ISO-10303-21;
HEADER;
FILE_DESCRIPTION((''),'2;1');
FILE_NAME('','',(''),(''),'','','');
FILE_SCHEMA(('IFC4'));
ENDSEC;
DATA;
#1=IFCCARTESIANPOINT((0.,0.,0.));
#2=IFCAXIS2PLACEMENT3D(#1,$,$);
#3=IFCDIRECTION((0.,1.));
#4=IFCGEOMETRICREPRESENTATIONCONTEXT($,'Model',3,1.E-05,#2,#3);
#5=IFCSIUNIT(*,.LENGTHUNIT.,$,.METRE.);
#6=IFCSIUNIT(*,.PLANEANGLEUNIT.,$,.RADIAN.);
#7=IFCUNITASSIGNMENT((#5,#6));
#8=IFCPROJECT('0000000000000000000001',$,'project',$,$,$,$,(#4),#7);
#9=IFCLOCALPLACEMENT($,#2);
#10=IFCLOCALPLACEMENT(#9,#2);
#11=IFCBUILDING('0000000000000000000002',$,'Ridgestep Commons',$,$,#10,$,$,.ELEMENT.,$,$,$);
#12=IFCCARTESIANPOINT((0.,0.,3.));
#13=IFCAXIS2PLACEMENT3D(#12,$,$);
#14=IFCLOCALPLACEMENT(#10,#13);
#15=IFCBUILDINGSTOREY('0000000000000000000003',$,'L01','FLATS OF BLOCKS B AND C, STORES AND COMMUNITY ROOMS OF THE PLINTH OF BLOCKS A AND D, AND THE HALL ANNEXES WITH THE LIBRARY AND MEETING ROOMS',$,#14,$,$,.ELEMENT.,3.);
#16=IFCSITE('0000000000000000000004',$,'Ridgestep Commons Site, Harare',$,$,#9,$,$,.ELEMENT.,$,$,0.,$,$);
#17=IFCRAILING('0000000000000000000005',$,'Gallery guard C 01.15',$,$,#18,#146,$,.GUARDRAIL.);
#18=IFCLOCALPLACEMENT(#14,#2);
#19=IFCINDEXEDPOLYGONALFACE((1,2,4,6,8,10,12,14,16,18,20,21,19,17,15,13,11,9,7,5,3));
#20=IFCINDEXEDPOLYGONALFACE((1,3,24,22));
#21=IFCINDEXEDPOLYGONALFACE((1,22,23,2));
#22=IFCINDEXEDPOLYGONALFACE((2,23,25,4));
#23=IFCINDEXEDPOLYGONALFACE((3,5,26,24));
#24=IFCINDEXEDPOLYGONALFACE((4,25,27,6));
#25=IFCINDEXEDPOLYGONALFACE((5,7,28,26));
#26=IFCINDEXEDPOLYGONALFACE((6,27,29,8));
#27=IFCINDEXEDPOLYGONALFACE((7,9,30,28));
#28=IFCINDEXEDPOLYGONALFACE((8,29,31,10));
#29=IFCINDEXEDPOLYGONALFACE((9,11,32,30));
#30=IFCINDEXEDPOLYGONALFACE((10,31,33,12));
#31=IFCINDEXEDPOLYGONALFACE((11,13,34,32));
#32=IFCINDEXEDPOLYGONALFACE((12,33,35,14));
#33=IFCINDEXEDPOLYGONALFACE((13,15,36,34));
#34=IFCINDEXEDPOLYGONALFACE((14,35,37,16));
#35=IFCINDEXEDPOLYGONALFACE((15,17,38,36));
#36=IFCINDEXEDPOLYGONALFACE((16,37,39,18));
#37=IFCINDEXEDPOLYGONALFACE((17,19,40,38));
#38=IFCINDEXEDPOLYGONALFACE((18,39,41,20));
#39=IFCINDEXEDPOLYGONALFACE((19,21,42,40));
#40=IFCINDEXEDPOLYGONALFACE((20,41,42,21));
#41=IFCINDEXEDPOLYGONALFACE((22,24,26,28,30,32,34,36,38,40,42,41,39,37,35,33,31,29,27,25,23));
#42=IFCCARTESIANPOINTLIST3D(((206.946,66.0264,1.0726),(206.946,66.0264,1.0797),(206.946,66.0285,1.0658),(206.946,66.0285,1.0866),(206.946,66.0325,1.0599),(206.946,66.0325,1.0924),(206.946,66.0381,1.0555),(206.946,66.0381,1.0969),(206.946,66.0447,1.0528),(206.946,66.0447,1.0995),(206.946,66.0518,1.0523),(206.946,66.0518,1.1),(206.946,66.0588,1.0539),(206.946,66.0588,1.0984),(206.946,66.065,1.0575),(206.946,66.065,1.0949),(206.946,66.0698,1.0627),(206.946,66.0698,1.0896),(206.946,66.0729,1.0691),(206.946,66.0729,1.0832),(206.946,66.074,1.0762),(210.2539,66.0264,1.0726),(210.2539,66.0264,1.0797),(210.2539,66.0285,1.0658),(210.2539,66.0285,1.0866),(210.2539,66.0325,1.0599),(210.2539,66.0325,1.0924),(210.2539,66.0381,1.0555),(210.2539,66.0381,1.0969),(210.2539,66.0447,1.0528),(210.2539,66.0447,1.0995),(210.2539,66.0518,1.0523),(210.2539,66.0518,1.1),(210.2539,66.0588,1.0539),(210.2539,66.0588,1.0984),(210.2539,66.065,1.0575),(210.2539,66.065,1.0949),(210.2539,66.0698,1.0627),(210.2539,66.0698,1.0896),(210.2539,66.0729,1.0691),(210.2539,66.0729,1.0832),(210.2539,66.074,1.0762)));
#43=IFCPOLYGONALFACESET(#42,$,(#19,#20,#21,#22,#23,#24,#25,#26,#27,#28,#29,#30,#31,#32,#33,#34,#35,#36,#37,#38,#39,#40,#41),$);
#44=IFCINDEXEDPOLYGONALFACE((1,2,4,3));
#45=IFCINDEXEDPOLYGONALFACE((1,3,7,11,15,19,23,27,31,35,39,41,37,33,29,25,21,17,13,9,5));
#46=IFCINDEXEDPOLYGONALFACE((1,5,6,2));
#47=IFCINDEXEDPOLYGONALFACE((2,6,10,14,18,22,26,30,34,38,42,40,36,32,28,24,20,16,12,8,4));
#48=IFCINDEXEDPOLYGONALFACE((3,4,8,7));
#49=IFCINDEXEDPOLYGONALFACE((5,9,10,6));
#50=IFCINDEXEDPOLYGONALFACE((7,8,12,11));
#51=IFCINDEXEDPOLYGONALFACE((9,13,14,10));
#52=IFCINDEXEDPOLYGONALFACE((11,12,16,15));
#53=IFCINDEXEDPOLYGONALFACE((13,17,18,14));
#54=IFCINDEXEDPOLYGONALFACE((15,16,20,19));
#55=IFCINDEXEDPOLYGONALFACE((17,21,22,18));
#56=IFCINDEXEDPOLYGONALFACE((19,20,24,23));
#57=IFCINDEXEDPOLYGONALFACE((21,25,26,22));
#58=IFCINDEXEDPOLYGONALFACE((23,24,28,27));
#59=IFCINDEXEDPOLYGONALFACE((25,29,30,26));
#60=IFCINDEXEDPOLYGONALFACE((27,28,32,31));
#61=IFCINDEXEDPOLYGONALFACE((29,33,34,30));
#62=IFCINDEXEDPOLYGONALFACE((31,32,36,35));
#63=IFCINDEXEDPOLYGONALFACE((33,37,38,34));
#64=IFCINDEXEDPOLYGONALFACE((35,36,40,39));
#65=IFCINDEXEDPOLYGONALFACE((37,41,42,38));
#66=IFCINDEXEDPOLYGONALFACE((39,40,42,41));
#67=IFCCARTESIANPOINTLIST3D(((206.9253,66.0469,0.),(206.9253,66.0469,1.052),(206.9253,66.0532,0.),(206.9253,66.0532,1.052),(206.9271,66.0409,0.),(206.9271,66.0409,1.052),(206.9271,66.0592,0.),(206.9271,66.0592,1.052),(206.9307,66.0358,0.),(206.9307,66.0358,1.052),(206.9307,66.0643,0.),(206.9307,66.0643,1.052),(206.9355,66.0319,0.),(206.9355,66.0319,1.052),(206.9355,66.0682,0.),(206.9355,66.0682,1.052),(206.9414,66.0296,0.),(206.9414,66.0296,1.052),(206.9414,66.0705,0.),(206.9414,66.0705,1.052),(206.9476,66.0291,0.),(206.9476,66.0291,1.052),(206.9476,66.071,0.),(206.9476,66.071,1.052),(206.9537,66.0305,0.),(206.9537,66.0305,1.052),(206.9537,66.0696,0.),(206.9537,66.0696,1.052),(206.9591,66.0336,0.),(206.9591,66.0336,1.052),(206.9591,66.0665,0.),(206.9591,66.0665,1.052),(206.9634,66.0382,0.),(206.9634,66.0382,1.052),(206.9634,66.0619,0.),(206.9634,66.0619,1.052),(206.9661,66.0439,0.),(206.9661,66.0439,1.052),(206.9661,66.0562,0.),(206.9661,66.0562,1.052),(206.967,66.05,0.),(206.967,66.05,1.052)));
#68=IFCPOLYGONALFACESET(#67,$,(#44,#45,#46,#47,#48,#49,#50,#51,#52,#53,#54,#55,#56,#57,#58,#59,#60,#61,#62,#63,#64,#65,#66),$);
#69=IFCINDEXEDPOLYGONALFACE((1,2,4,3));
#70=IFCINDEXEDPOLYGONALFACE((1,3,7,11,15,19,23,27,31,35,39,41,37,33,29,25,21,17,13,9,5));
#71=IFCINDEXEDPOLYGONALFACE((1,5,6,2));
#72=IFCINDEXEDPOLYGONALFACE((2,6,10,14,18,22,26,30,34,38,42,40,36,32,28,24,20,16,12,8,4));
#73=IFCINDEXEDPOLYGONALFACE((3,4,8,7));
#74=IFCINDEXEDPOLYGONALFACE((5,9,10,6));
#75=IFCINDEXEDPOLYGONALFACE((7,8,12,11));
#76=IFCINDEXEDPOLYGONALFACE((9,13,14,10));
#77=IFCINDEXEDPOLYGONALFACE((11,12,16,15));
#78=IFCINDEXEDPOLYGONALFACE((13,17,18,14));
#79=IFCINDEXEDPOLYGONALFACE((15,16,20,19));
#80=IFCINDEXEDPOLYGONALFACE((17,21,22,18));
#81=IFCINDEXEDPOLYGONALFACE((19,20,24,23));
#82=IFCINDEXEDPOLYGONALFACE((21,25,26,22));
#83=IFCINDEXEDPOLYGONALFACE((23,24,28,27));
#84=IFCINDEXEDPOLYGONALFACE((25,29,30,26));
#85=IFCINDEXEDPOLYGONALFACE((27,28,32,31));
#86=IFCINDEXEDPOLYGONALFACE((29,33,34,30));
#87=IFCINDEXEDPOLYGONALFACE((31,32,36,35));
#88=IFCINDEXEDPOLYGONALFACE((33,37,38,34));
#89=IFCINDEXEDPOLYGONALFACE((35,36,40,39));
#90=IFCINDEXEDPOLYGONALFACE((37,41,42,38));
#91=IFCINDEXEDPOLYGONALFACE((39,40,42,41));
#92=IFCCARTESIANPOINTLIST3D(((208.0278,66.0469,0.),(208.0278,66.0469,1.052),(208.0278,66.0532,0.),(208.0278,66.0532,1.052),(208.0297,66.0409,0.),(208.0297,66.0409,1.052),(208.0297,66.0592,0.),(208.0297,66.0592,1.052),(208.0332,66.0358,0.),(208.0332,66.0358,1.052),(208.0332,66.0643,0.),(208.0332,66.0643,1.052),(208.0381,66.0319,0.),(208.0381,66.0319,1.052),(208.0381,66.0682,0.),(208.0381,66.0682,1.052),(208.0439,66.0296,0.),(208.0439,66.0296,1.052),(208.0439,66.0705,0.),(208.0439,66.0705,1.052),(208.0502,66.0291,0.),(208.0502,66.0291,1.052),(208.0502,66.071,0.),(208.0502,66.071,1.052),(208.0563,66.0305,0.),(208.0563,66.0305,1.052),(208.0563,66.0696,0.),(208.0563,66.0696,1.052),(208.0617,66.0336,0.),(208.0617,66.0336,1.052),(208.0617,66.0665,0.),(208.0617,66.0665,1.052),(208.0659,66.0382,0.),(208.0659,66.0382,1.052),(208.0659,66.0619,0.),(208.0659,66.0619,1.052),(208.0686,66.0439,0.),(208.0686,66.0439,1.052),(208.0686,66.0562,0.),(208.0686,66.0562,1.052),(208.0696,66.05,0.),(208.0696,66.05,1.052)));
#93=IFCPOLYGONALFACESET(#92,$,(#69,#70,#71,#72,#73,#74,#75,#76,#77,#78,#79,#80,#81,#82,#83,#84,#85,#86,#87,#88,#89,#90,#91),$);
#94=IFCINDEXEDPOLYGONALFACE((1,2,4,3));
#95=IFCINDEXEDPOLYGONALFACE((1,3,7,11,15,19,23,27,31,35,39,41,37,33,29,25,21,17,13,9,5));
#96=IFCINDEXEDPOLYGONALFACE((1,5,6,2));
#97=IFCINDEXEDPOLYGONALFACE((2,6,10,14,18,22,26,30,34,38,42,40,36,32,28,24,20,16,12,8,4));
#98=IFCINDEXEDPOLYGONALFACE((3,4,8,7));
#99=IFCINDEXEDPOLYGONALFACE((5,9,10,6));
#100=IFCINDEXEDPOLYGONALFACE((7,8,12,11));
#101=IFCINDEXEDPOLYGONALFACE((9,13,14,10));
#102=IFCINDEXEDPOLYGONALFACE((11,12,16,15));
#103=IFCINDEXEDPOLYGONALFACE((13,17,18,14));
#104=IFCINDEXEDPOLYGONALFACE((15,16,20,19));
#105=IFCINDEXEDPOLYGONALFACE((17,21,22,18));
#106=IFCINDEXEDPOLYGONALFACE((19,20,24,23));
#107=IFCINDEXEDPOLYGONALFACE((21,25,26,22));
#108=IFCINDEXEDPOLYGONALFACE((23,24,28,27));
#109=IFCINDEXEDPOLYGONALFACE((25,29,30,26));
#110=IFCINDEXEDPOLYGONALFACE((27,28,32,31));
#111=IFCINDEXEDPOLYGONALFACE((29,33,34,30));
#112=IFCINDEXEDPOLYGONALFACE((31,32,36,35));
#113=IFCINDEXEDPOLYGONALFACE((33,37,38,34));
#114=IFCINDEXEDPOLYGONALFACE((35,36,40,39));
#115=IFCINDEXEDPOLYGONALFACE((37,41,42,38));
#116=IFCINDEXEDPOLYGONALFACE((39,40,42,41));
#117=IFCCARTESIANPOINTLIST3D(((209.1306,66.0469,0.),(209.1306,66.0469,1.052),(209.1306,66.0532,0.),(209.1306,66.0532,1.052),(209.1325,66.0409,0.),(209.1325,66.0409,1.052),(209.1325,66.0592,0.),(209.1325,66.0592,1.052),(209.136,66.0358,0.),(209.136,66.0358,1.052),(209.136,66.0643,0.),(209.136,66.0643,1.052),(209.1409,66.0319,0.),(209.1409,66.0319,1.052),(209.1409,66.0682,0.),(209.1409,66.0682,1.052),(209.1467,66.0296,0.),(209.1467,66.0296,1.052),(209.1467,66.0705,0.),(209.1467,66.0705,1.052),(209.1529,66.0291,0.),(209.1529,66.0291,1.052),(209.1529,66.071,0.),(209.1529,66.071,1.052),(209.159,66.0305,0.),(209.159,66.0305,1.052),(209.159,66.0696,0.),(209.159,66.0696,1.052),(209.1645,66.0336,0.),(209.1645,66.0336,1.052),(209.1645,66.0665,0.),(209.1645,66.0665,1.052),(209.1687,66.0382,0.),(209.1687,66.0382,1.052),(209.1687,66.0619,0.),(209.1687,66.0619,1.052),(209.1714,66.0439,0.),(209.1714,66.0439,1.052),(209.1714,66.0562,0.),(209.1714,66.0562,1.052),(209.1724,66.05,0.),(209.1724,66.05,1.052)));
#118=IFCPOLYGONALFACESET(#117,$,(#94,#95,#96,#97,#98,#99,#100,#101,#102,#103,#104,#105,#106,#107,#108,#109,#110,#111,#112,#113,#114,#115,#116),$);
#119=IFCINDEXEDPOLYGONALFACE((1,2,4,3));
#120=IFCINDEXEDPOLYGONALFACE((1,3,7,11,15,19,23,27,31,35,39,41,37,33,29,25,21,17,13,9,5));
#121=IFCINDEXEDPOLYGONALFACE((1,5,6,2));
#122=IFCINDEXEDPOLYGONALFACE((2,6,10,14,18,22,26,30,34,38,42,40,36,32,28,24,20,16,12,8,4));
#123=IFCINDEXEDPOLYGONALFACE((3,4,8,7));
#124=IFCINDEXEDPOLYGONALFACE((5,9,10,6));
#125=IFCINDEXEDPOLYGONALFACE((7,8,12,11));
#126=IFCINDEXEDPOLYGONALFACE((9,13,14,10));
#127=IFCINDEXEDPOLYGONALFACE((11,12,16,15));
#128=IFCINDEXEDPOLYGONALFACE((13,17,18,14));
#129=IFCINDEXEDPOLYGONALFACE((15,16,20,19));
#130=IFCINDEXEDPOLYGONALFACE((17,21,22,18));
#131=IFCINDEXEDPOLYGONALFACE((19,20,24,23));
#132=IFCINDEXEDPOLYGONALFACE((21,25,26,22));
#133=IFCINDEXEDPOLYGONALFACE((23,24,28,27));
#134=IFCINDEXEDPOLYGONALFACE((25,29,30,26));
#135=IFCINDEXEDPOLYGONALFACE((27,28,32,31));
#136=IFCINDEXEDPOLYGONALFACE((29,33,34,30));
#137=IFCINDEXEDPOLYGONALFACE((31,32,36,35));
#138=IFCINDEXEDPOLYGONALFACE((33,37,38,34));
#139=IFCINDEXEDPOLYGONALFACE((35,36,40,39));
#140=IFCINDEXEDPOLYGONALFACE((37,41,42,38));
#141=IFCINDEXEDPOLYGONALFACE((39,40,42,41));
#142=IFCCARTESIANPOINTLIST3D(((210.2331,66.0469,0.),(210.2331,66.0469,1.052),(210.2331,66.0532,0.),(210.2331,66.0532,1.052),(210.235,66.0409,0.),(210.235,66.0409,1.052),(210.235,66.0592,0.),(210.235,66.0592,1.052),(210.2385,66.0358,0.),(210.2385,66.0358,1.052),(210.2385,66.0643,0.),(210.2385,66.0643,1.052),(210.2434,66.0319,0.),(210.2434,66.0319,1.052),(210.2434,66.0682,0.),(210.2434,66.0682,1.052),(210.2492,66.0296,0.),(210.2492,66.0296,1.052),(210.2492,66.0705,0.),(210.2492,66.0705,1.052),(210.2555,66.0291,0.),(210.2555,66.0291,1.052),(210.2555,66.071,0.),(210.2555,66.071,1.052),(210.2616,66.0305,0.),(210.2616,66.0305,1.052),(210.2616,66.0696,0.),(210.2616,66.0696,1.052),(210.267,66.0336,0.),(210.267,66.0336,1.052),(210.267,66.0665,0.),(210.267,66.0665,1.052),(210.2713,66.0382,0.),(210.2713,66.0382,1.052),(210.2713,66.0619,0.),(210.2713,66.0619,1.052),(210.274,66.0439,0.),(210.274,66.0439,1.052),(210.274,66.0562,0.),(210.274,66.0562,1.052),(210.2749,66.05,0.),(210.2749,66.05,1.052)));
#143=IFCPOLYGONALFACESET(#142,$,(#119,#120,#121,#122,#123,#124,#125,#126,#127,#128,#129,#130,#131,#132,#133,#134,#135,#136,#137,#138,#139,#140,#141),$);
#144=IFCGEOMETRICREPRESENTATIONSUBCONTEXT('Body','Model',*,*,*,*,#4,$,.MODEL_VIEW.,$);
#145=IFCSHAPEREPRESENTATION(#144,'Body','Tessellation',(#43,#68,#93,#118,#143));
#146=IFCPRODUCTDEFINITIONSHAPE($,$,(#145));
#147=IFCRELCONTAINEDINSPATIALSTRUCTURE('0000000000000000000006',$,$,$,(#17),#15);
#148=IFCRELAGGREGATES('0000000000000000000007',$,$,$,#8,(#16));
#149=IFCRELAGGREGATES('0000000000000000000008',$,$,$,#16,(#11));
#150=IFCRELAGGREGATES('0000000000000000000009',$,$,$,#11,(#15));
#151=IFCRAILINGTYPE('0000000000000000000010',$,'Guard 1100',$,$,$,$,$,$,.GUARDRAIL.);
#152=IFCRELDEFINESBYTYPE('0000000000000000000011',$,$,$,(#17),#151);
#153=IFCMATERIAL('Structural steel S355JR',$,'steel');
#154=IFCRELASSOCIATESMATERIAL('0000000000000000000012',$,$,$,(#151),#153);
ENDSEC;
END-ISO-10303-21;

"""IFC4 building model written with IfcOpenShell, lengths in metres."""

from ifc_helpers import new_model, si_unit, direction, frame, origin, origin_2d, place, context, subcontext, project, spatial, circle, extrude, material, type_object, element, save


model = new_model("IFC4")

# Units and contexts
model_context = context("Model", 3, precision=1e-05, world=origin(), true_north=direction((0.0, 1.0)))
body_context = subcontext(model_context, "Body", "Model", "MODEL_VIEW")
ifc_project = project(units=[si_unit("LENGTHUNIT", "METRE"), si_unit("PLANEANGLEUNIT", "RADIAN")], contexts=[model_context])

# Site, building, storey
site_placement = place(None, origin())
site = spatial("IfcSite", under=ifc_project, at=site_placement, Name="Ridgestep Commons Site, Harare", CompositionType="ELEMENT", RefElevation=0.0)
building_placement = place(site_placement, origin())
building = spatial("IfcBuilding", under=site, at=building_placement, Name="Ridgestep Commons", CompositionType="ELEMENT")
storey_placement = place(building_placement, frame((0.0, 0.0, 3.0)))
storey = spatial("IfcBuildingStorey", under=building, at=storey_placement, Name="L01", Description="FLATS OF BLOCKS B AND C, STORES AND COMMUNITY ROOMS OF THE PLINTH OF BLOCKS A AND D, AND THE HALL ANNEXES WITH THE LIBRARY AND MEETING ROOMS", CompositionType="ELEMENT", Elevation=3.0)

# Railing
ifc_material_1 = material(Name="Structural steel S355JR", Category="steel")
railing_type = type_object("IfcRailingType", Name="Guard 1100", PredefinedType="GUARDRAIL", material=ifc_material_1)
railing_placement = place(storey_placement, frame((206.946, 66.05, 0.0)))
element("IfcRailing", 1, at=railing_placement, inside=storey, type_object=railing_type, Name="Gallery guard C 01.15", PredefinedType="GUARDRAIL", context=body_context, shape_type="SweptSolid", body=[
    extrude(circle(Radius=0.0239, at=origin_2d()), frame((0.0, 0.0, 1.0762), z_axis=(1.0, 0.0, 0.0), x_axis=(0.0, 1.0, 0.0)), (0.0, 0.0, 1.0), 3.3079),
    extrude(circle(Radius=0.021, at=origin_2d()), origin(), (0.0, 0.0, 1.0), 1.052),
    extrude(circle(Radius=0.021, at=origin_2d()), frame((1.1025, 0.0, 0.0)), (0.0, 0.0, 1.0), 1.052),
    extrude(circle(Radius=0.021, at=origin_2d()), frame((2.2053, 0.0, 0.0)), (0.0, 0.0, 1.0), 1.052),
    extrude(circle(Radius=0.021, at=origin_2d()), frame((3.3079, 0.0, 0.0)), (0.0, 0.0, 1.0), 1.052),
])

save(model, "model.ifc")
